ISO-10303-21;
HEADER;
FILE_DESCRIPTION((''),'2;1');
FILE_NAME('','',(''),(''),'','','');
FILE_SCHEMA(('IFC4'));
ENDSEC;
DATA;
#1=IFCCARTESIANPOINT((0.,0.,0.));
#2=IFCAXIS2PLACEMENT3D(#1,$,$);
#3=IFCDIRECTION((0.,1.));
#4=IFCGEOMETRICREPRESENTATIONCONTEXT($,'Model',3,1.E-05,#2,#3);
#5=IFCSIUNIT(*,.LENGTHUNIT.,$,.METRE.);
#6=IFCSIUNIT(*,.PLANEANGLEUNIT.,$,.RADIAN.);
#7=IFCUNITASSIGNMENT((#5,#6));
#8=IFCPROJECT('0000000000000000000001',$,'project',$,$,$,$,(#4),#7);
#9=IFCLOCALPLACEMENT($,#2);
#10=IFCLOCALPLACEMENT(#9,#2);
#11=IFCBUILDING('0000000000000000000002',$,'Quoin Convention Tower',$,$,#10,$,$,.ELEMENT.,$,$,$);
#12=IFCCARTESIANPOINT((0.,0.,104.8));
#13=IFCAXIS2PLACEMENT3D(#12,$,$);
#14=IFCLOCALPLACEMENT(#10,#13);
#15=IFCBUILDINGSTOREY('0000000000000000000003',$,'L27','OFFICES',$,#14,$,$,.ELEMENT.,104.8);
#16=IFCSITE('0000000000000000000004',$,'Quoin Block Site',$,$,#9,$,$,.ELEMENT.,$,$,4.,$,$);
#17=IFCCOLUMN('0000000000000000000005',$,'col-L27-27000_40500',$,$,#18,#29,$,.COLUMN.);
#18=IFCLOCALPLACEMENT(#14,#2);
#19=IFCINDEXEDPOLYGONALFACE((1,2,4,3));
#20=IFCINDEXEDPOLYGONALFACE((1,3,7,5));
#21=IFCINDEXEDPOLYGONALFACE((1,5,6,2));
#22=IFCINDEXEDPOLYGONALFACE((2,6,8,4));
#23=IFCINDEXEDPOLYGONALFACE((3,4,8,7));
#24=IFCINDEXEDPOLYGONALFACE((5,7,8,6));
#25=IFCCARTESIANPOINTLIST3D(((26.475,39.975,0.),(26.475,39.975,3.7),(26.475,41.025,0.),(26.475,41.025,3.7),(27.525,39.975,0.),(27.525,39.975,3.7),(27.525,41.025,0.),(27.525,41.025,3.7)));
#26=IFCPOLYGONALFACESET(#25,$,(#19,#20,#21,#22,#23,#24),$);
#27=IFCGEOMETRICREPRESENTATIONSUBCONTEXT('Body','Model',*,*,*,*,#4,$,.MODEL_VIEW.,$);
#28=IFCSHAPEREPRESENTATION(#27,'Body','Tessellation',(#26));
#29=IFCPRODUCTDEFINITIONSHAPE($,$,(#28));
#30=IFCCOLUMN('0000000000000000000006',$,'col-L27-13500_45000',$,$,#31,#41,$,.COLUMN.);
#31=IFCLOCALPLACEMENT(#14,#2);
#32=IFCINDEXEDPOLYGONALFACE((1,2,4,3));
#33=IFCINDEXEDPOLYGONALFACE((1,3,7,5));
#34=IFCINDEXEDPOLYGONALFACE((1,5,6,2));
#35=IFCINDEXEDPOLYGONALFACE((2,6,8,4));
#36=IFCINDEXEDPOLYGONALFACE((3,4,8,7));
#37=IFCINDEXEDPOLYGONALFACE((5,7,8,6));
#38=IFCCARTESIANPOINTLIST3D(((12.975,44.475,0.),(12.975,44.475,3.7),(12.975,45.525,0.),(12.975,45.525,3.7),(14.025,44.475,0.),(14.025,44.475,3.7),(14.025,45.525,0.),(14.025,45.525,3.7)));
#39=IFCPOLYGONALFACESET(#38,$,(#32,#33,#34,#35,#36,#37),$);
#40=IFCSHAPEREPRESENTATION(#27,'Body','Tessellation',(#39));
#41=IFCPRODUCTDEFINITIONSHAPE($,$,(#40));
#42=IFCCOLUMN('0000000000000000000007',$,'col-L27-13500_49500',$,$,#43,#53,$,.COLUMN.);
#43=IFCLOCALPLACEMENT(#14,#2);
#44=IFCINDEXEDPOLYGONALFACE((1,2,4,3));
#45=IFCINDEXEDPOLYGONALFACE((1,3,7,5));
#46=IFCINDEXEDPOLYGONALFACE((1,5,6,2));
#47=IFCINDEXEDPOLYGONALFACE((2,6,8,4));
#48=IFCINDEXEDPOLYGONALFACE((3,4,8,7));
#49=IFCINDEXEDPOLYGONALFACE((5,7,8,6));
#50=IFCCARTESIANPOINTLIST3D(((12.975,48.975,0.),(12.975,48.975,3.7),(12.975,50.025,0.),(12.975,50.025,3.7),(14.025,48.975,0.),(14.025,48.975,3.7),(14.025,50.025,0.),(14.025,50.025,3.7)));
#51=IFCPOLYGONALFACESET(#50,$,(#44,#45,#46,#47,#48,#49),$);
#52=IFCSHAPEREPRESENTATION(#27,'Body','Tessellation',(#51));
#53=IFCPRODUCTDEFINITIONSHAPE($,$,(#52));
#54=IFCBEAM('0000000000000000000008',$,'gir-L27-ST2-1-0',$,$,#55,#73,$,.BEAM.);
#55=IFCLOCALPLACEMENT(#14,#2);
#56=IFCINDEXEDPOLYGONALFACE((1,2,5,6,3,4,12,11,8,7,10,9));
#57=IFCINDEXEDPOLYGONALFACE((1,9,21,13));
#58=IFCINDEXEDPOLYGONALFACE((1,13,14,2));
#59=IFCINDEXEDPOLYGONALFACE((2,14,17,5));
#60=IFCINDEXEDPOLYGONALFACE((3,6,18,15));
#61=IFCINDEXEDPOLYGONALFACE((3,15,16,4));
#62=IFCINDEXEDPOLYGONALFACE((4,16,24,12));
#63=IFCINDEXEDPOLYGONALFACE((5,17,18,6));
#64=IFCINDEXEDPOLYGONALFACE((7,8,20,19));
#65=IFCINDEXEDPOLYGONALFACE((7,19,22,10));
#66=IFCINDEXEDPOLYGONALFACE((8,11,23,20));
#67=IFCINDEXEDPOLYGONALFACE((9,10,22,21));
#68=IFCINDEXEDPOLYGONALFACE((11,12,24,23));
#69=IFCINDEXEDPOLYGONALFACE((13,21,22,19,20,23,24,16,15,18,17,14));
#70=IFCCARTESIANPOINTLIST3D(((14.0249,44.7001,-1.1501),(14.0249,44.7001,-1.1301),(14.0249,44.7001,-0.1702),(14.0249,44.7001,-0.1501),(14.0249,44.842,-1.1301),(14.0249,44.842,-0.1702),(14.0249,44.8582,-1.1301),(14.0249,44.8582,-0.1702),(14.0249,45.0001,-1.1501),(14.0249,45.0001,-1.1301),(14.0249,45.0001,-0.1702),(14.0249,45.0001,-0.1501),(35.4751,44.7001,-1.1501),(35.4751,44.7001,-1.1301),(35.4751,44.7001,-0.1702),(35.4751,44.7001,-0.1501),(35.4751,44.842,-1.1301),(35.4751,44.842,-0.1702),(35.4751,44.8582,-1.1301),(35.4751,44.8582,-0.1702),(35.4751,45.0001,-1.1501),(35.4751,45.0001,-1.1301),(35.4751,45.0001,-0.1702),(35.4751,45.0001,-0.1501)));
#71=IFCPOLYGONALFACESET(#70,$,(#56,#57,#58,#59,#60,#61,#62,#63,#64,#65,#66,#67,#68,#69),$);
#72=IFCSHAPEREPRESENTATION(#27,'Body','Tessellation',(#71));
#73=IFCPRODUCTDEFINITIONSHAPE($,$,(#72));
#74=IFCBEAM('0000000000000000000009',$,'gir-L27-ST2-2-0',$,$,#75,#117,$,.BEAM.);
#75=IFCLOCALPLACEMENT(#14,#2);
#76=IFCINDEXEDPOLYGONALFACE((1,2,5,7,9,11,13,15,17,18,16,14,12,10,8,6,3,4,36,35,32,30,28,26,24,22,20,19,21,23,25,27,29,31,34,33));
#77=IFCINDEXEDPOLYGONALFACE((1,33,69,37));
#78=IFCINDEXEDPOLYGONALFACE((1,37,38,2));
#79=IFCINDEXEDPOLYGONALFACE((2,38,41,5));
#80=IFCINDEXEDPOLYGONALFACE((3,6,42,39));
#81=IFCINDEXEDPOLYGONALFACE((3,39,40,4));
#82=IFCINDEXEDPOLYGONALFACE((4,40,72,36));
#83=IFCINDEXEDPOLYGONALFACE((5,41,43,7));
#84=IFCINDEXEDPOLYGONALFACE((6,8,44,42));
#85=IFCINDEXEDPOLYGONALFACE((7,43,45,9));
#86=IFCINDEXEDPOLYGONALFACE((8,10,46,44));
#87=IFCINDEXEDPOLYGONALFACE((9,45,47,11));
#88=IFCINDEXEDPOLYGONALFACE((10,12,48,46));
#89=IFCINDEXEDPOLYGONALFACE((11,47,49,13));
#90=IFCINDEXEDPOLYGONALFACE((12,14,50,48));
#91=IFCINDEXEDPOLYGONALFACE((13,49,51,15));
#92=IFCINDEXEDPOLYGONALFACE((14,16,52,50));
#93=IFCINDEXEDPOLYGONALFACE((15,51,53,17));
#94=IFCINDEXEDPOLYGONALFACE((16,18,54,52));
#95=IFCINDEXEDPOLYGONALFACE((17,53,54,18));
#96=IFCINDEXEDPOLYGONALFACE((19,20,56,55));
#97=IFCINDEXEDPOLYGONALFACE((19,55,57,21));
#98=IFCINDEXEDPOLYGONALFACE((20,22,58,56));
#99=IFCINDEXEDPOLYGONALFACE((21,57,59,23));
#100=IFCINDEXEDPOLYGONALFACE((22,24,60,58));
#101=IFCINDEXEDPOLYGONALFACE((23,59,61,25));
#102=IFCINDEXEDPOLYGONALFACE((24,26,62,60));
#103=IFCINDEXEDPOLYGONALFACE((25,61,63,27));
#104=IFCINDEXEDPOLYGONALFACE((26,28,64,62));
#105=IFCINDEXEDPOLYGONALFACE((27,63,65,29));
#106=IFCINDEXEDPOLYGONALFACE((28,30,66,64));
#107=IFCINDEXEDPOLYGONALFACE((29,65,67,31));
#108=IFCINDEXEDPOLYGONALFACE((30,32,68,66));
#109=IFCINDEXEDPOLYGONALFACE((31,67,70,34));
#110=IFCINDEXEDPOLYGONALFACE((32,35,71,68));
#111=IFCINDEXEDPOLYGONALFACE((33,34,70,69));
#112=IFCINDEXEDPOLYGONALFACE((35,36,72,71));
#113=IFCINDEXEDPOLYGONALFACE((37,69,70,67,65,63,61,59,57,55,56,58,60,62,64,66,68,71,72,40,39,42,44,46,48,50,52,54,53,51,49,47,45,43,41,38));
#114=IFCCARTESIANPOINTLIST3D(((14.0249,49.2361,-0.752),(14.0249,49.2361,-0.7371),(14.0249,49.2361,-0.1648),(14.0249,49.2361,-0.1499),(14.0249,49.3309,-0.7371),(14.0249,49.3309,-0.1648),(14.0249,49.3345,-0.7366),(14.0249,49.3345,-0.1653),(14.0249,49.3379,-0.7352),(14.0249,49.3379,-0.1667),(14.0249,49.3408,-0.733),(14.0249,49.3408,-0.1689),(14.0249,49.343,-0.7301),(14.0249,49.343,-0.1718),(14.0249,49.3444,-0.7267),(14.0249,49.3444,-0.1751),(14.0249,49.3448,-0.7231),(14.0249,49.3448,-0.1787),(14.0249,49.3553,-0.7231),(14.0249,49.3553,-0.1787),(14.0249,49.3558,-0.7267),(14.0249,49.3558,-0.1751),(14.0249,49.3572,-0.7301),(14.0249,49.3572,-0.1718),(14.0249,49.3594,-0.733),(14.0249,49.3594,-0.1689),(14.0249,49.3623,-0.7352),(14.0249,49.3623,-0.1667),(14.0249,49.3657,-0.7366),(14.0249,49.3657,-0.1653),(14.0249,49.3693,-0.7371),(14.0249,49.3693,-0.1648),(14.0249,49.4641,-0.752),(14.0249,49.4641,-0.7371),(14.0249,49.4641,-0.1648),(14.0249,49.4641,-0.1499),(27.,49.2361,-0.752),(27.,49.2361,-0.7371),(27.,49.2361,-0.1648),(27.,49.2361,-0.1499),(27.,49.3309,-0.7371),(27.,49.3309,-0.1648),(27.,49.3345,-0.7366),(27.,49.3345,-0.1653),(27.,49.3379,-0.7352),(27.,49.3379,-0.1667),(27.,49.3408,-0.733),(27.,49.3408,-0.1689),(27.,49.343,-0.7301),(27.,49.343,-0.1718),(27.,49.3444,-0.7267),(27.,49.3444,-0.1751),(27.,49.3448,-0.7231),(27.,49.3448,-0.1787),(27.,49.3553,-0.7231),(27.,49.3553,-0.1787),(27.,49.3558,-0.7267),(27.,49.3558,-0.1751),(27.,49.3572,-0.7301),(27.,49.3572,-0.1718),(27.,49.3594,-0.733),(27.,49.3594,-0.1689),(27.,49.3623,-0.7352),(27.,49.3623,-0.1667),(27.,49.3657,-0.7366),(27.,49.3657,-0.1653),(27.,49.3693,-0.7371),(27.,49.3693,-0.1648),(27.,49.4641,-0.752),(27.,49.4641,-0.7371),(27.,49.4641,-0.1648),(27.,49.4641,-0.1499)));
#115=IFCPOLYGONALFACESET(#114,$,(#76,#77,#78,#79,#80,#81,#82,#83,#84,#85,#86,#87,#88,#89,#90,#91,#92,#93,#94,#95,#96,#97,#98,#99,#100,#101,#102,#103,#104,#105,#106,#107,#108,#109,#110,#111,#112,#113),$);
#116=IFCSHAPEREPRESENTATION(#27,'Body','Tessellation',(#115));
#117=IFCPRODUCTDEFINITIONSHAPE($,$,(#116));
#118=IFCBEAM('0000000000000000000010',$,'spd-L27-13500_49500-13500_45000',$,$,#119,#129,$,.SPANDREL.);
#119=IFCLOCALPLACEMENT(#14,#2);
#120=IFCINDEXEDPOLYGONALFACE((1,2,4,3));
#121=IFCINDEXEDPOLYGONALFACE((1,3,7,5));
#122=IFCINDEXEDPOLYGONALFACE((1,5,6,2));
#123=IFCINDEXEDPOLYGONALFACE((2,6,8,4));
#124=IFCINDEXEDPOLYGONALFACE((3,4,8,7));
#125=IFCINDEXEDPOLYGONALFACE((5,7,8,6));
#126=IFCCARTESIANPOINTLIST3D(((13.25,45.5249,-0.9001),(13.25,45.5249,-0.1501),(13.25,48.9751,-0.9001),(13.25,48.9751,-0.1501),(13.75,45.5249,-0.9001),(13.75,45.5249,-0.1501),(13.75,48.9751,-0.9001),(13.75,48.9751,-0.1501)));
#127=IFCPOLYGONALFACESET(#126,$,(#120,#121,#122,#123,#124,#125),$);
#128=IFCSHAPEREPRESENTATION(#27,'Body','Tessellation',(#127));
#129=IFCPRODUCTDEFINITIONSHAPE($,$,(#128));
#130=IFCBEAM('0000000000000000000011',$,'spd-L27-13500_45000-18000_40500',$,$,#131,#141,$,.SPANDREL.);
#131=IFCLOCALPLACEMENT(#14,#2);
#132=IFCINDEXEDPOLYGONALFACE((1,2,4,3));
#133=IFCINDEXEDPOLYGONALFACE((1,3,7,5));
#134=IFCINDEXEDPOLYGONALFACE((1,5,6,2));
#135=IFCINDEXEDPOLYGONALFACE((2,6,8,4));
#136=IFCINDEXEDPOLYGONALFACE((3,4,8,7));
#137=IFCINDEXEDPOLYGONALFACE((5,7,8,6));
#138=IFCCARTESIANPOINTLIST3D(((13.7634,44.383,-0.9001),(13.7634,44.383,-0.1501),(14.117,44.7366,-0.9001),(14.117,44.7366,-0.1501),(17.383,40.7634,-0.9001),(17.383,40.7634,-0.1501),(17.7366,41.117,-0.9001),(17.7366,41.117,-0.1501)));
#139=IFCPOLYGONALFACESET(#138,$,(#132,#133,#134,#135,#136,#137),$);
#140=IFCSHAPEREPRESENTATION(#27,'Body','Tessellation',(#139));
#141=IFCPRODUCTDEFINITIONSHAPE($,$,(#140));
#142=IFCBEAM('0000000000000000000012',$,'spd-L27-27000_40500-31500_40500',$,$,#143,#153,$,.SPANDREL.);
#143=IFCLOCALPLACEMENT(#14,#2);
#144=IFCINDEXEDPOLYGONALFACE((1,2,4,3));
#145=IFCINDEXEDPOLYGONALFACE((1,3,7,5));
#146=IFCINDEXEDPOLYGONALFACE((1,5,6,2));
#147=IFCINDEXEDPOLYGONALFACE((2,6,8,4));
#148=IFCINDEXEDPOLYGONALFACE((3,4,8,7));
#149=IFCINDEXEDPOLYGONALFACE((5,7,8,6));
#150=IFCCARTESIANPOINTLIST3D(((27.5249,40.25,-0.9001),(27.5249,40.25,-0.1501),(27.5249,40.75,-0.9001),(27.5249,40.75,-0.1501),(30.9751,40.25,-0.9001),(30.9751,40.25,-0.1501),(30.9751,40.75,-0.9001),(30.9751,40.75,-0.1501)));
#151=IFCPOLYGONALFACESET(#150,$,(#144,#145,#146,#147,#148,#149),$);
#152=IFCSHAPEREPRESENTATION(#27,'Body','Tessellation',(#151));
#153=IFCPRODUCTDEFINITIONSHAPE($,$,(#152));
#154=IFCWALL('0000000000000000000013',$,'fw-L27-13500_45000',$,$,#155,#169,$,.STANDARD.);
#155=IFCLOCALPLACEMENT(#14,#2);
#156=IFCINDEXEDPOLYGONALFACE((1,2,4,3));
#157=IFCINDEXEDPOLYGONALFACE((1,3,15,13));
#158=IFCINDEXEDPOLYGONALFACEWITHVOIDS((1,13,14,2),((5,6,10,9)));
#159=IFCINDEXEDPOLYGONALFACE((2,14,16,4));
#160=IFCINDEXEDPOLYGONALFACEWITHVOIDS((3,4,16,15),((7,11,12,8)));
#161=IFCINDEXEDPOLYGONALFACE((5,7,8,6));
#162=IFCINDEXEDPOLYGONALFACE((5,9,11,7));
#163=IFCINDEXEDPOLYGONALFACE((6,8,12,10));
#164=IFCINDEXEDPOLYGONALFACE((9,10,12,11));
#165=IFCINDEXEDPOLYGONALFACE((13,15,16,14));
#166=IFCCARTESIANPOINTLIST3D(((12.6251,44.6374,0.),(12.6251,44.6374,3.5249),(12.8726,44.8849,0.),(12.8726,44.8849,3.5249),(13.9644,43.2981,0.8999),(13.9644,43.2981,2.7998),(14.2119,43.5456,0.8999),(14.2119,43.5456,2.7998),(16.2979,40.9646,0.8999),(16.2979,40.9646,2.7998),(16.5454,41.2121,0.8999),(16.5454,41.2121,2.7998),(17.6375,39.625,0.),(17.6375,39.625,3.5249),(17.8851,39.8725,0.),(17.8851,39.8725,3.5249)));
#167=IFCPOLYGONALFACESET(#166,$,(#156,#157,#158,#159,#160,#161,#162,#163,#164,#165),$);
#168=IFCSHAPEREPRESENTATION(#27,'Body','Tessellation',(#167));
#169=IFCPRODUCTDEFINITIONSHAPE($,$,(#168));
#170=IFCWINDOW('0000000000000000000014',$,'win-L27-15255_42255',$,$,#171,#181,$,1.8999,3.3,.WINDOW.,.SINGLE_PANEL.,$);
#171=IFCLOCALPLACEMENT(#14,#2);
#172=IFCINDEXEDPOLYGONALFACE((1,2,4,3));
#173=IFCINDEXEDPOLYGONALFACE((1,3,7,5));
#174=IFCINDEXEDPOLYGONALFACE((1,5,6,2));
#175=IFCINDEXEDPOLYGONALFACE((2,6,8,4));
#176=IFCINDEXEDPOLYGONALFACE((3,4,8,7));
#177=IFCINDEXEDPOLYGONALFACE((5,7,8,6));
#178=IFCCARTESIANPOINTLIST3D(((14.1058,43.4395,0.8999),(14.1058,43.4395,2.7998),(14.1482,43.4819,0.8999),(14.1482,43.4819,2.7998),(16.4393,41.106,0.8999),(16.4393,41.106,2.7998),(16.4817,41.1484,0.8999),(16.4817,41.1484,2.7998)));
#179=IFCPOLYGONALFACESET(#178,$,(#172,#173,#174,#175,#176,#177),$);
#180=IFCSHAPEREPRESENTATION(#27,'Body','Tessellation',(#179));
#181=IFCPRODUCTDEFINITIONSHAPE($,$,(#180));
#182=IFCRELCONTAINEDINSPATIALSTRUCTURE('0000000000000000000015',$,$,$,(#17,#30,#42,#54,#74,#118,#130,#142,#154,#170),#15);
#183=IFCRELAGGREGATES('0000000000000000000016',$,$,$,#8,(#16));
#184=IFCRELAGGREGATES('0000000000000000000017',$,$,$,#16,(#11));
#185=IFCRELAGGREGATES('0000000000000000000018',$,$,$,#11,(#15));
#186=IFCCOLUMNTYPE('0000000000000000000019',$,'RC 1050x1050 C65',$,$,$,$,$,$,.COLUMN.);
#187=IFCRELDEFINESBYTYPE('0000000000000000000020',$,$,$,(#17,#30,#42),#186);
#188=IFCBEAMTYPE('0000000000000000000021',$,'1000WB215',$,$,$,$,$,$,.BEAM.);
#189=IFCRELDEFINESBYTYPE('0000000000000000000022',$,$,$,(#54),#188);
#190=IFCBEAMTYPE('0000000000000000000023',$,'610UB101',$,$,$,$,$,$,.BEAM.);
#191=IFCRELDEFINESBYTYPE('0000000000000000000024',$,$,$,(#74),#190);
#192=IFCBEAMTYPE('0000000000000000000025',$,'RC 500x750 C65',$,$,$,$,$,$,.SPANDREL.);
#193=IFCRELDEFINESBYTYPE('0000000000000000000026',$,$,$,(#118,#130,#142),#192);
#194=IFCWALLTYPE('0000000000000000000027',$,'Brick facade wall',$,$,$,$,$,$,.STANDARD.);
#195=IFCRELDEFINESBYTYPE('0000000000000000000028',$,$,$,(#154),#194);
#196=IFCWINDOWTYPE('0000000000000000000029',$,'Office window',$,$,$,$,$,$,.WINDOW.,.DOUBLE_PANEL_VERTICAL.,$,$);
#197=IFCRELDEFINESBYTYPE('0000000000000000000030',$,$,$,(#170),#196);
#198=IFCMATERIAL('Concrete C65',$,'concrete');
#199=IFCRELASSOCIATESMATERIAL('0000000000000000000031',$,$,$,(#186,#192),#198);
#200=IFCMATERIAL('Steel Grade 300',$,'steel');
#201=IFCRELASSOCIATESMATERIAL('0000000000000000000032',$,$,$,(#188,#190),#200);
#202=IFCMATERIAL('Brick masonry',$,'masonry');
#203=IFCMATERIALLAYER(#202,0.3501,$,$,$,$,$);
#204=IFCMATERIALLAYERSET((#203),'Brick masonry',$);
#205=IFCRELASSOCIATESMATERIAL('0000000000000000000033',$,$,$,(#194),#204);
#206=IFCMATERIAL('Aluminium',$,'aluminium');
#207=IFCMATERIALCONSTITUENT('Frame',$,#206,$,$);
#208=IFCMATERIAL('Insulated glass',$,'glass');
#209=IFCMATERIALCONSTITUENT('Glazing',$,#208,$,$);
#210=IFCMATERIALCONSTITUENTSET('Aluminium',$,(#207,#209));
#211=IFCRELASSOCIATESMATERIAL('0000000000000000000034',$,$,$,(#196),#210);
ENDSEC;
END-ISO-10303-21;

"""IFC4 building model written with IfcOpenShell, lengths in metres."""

from ifc_helpers import new_model, si_unit, direction, frame, frame_2d, origin, origin_2d, place, context, subcontext, project, spatial, rectangle, i_section, extrude, material, layer, layer_set, constituent, constituent_set, material_profile, profile_set, type_object, element, fill, save


model = new_model("IFC4")

# Units and contexts
model_context = context("Model", 3, precision=1e-05, world=origin(), true_north=direction((0.0, 1.0)))
body_context = subcontext(model_context, "Body", "Model", "MODEL_VIEW")
ifc_project = project(units=[si_unit("LENGTHUNIT", "METRE"), si_unit("PLANEANGLEUNIT", "RADIAN")], contexts=[model_context])

# Site, building, storey
site_placement = place(None, origin())
site = spatial("IfcSite", under=ifc_project, at=site_placement, Name="Quoin Block Site", CompositionType="ELEMENT", RefElevation=4.0)
building_placement = place(site_placement, origin())
building = spatial("IfcBuilding", under=site, at=building_placement, Name="Quoin Convention Tower", CompositionType="ELEMENT")
storey_placement = place(building_placement, frame((0.0, 0.0, 104.8)))
storey = spatial("IfcBuildingStorey", under=building, at=storey_placement, Name="L27", Description="OFFICES", CompositionType="ELEMENT", Elevation=104.8)

# Columns
ifc_material_1 = material(Name="Concrete C65", Category="concrete")
ifc_material_profile_1 = material_profile(ifc_material_1, rectangle(XDim=1.05, YDim=1.05, at=origin_2d()), Name="RC 1050x1050")
ifc_profile_set_1 = profile_set([ifc_material_profile_1], Name="Concrete C65")
column_type = type_object("IfcColumnType", Name="RC 1050x1050 C65", PredefinedType="COLUMN", material=ifc_profile_set_1)
for number, where, z_axis, x_axis, name in (
    (1, (27.0, 40.5, 0.0), (0.0, 0.0, 1.0), (1.0, 0.0, 0.0), "col-L27-27000_40500"),
    (2, (13.5, 45.0, 0.0), (0.0, 0.0, 1.0), (1.0, 0.0, 0.0), "col-L27-13500_45000"),
    (3, (13.5, 49.5, 0.0), (0.0, 0.0, 1.0), (1.0, 0.0, 0.0), "col-L27-13500_49500"),
):
    element("IfcColumn", number, at=place(storey_placement, frame(where, z_axis=z_axis, x_axis=x_axis)), inside=storey, type_object=column_type, Name=name, PredefinedType="COLUMN", context=body_context, shape_type="SweptSolid", body=[
        extrude(rectangle(XDim=1.05, YDim=1.05, at=origin_2d()), origin(), (0.0, 0.0, 1.0), 3.7),
    ])

# Beams
ifc_material_2 = material(Name="Steel Grade 300", Category="steel")
ifc_material_profile_2 = material_profile(ifc_material_2, i_section(OverallWidth=0.3, OverallDepth=1.0, WebThickness=0.0161, FlangeThickness=0.02, at=origin_2d()), Name="1000WB215")
ifc_profile_set_2 = profile_set([ifc_material_profile_2], Name="Steel Grade 300")
beam_type_1 = type_object("IfcBeamType", Name="1000WB215", PredefinedType="BEAM", material=ifc_profile_set_2)
beam_1_placement = place(storey_placement, frame((14.0249, 44.8501, -0.6501), z_axis=(1.0, 0.0, 0.0), x_axis=(0.0, 1.0, 0.0)))
element("IfcBeam", 4, at=beam_1_placement, inside=storey, type_object=beam_type_1, Name="gir-L27-ST2-1-0", PredefinedType="BEAM", context=body_context, shape_type="SweptSolid", body=[
    extrude(i_section(OverallWidth=0.3, OverallDepth=1.0, WebThickness=0.0161, FlangeThickness=0.02, at=origin_2d()), origin(), (0.0, 0.0, 1.0), 21.4502),
])
ifc_material_profile_3 = material_profile(ifc_material_2, i_section(OverallWidth=0.228, OverallDepth=0.6021, WebThickness=0.0105, FlangeThickness=0.0149, FilletRadius=0.0139, at=origin_2d()), Name="610UB101")
ifc_profile_set_3 = profile_set([ifc_material_profile_3], Name="Steel Grade 300")
beam_type_2 = type_object("IfcBeamType", Name="610UB101", PredefinedType="BEAM", material=ifc_profile_set_3)
beam_2_placement = place(storey_placement, frame((14.0249, 49.3501, -0.4509), z_axis=(1.0, 0.0, 0.0), x_axis=(0.0, 1.0, 0.0)))
element("IfcBeam", 5, at=beam_2_placement, inside=storey, type_object=beam_type_2, Name="gir-L27-ST2-2-0", PredefinedType="BEAM", context=body_context, shape_type="SweptSolid", body=[
    extrude(i_section(OverallWidth=0.228, OverallDepth=0.6021, WebThickness=0.0105, FlangeThickness=0.0149, FilletRadius=0.0139, at=origin_2d()), origin(), (0.0, 0.0, 1.0), 12.9751),
])
ifc_material_profile_4 = material_profile(ifc_material_1, rectangle(XDim=0.5, YDim=0.75, at=origin_2d()), Name="RC 500x750")
ifc_profile_set_4 = profile_set([ifc_material_profile_4], Name="Concrete C65")
beam_type_3 = type_object("IfcBeamType", Name="RC 500x750 C65", PredefinedType="SPANDREL", material=ifc_profile_set_4)
beam_3_placement = place(storey_placement, frame((13.5, 48.9751, -0.5251), z_axis=(0.0, -1.0, 0.0), x_axis=(1.0, 0.0, 0.0)))
element("IfcBeam", 6, at=beam_3_placement, inside=storey, type_object=beam_type_3, Name="spd-L27-13500_49500-13500_45000", PredefinedType="SPANDREL", context=body_context, shape_type="SweptSolid", body=[
    extrude(rectangle(XDim=0.5, YDim=0.75, at=origin_2d()), origin(), (0.0, 0.0, 1.0), 3.4502),
])
beam_4_placement = place(storey_placement, frame((13.9402, 44.5598, -0.5251), z_axis=(0.707107, -0.707107, 0.0), x_axis=(0.707107, 0.707107, 0.0)))
element("IfcBeam", 7, at=beam_4_placement, inside=storey, type_object=beam_type_3, Name="spd-L27-13500_45000-18000_40500", PredefinedType="SPANDREL", context=body_context, shape_type="SweptSolid", body=[
    extrude(rectangle(XDim=0.5, YDim=0.75, at=origin_2d()), origin(), (0.0, 0.0, 1.0), 5.1189),
])
beam_5_placement = place(storey_placement, frame((27.5249, 40.5, -0.5251), z_axis=(1.0, 0.0, 0.0), x_axis=(0.0, 1.0, 0.0)))
element("IfcBeam", 8, at=beam_5_placement, inside=storey, type_object=beam_type_3, Name="spd-L27-27000_40500-31500_40500", PredefinedType="SPANDREL", context=body_context, shape_type="SweptSolid", body=[
    extrude(rectangle(XDim=0.5, YDim=0.75, at=origin_2d()), origin(), (0.0, 0.0, 1.0), 3.4502),
])

# Wall, opening, window
ifc_material_3 = material(Name="Brick masonry", Category="masonry")
ifc_layer_1 = layer(ifc_material_3, 0.3501)
ifc_layer_set_1 = layer_set([ifc_layer_1], Name="Brick masonry")
wall_type_1 = type_object("IfcWallType", Name="Brick facade wall", PredefinedType="STANDARD", material=ifc_layer_set_1)
wall_1_placement = place(storey_placement, frame((12.7488, 44.7612, 0.0), z_axis=(0.0, 0.0, 1.0), x_axis=(0.707107, -0.707107, 0.0)))
wall_1 = element("IfcWall", 9, at=wall_1_placement, inside=storey, type_object=wall_type_1, Name="fw-L27-13500_45000", PredefinedType="STANDARD", context=body_context, shape_type="SweptSolid", body=[
    extrude(rectangle(XDim=7.0886, YDim=0.3501, at=frame_2d((3.5444, 0.0))), origin(), (0.0, 0.0, 1.0), 3.5249),
])
opening_1_placement = place(wall_1_placement, frame((1.8943, 0.0, 0.8999)))
opening_1 = element("IfcOpeningElement", 10, at=opening_1_placement, cuts=wall_1, PredefinedType="OPENING", context=body_context, shape_type="SweptSolid", body=[
    extrude(rectangle(XDim=3.3, YDim=1.8999, at=frame_2d((1.6499, 0.95))), frame((0.0, 0.1851, 0.0), z_axis=(0.0, -1.0, 0.0), x_axis=(1.0, 0.0, 0.0)), (0.0, 0.0, 1.0), 0.3701),
])
ifc_material_4 = material(Name="Aluminium", Category="aluminium")
ifc_constituent_1 = constituent(ifc_material_4, Name="Frame")
ifc_material_5 = material(Name="Insulated glass", Category="glass")
ifc_constituent_2 = constituent(ifc_material_5, Name="Glazing")
ifc_constituent_set = constituent_set(constituents=[ifc_constituent_1, ifc_constituent_2], Name="Aluminium")
window_type = type_object("IfcWindowType", Name="Office window", PartitioningType="DOUBLE_PANEL_VERTICAL", PredefinedType="WINDOW", material=ifc_constituent_set)
window_placement = place(opening_1_placement, origin())
window = element("IfcWindow", 11, at=window_placement, inside=storey, type_object=window_type, Name="win-L27-15255_42255", OverallHeight=1.8999, OverallWidth=3.3, PartitioningType="SINGLE_PANEL", PredefinedType="WINDOW", context=body_context, shape_type="SweptSolid", body=[
    extrude(rectangle(XDim=3.3, YDim=1.8999, at=frame_2d((1.6499, 0.95))), frame((0.0, 0.085, 0.0), z_axis=(0.0, -1.0, 0.0), x_axis=(1.0, 0.0, 0.0)), (0.0, 0.0, 1.0), 0.0601),
])
fill(opening_1, window)

save(model, "model.ifc")
